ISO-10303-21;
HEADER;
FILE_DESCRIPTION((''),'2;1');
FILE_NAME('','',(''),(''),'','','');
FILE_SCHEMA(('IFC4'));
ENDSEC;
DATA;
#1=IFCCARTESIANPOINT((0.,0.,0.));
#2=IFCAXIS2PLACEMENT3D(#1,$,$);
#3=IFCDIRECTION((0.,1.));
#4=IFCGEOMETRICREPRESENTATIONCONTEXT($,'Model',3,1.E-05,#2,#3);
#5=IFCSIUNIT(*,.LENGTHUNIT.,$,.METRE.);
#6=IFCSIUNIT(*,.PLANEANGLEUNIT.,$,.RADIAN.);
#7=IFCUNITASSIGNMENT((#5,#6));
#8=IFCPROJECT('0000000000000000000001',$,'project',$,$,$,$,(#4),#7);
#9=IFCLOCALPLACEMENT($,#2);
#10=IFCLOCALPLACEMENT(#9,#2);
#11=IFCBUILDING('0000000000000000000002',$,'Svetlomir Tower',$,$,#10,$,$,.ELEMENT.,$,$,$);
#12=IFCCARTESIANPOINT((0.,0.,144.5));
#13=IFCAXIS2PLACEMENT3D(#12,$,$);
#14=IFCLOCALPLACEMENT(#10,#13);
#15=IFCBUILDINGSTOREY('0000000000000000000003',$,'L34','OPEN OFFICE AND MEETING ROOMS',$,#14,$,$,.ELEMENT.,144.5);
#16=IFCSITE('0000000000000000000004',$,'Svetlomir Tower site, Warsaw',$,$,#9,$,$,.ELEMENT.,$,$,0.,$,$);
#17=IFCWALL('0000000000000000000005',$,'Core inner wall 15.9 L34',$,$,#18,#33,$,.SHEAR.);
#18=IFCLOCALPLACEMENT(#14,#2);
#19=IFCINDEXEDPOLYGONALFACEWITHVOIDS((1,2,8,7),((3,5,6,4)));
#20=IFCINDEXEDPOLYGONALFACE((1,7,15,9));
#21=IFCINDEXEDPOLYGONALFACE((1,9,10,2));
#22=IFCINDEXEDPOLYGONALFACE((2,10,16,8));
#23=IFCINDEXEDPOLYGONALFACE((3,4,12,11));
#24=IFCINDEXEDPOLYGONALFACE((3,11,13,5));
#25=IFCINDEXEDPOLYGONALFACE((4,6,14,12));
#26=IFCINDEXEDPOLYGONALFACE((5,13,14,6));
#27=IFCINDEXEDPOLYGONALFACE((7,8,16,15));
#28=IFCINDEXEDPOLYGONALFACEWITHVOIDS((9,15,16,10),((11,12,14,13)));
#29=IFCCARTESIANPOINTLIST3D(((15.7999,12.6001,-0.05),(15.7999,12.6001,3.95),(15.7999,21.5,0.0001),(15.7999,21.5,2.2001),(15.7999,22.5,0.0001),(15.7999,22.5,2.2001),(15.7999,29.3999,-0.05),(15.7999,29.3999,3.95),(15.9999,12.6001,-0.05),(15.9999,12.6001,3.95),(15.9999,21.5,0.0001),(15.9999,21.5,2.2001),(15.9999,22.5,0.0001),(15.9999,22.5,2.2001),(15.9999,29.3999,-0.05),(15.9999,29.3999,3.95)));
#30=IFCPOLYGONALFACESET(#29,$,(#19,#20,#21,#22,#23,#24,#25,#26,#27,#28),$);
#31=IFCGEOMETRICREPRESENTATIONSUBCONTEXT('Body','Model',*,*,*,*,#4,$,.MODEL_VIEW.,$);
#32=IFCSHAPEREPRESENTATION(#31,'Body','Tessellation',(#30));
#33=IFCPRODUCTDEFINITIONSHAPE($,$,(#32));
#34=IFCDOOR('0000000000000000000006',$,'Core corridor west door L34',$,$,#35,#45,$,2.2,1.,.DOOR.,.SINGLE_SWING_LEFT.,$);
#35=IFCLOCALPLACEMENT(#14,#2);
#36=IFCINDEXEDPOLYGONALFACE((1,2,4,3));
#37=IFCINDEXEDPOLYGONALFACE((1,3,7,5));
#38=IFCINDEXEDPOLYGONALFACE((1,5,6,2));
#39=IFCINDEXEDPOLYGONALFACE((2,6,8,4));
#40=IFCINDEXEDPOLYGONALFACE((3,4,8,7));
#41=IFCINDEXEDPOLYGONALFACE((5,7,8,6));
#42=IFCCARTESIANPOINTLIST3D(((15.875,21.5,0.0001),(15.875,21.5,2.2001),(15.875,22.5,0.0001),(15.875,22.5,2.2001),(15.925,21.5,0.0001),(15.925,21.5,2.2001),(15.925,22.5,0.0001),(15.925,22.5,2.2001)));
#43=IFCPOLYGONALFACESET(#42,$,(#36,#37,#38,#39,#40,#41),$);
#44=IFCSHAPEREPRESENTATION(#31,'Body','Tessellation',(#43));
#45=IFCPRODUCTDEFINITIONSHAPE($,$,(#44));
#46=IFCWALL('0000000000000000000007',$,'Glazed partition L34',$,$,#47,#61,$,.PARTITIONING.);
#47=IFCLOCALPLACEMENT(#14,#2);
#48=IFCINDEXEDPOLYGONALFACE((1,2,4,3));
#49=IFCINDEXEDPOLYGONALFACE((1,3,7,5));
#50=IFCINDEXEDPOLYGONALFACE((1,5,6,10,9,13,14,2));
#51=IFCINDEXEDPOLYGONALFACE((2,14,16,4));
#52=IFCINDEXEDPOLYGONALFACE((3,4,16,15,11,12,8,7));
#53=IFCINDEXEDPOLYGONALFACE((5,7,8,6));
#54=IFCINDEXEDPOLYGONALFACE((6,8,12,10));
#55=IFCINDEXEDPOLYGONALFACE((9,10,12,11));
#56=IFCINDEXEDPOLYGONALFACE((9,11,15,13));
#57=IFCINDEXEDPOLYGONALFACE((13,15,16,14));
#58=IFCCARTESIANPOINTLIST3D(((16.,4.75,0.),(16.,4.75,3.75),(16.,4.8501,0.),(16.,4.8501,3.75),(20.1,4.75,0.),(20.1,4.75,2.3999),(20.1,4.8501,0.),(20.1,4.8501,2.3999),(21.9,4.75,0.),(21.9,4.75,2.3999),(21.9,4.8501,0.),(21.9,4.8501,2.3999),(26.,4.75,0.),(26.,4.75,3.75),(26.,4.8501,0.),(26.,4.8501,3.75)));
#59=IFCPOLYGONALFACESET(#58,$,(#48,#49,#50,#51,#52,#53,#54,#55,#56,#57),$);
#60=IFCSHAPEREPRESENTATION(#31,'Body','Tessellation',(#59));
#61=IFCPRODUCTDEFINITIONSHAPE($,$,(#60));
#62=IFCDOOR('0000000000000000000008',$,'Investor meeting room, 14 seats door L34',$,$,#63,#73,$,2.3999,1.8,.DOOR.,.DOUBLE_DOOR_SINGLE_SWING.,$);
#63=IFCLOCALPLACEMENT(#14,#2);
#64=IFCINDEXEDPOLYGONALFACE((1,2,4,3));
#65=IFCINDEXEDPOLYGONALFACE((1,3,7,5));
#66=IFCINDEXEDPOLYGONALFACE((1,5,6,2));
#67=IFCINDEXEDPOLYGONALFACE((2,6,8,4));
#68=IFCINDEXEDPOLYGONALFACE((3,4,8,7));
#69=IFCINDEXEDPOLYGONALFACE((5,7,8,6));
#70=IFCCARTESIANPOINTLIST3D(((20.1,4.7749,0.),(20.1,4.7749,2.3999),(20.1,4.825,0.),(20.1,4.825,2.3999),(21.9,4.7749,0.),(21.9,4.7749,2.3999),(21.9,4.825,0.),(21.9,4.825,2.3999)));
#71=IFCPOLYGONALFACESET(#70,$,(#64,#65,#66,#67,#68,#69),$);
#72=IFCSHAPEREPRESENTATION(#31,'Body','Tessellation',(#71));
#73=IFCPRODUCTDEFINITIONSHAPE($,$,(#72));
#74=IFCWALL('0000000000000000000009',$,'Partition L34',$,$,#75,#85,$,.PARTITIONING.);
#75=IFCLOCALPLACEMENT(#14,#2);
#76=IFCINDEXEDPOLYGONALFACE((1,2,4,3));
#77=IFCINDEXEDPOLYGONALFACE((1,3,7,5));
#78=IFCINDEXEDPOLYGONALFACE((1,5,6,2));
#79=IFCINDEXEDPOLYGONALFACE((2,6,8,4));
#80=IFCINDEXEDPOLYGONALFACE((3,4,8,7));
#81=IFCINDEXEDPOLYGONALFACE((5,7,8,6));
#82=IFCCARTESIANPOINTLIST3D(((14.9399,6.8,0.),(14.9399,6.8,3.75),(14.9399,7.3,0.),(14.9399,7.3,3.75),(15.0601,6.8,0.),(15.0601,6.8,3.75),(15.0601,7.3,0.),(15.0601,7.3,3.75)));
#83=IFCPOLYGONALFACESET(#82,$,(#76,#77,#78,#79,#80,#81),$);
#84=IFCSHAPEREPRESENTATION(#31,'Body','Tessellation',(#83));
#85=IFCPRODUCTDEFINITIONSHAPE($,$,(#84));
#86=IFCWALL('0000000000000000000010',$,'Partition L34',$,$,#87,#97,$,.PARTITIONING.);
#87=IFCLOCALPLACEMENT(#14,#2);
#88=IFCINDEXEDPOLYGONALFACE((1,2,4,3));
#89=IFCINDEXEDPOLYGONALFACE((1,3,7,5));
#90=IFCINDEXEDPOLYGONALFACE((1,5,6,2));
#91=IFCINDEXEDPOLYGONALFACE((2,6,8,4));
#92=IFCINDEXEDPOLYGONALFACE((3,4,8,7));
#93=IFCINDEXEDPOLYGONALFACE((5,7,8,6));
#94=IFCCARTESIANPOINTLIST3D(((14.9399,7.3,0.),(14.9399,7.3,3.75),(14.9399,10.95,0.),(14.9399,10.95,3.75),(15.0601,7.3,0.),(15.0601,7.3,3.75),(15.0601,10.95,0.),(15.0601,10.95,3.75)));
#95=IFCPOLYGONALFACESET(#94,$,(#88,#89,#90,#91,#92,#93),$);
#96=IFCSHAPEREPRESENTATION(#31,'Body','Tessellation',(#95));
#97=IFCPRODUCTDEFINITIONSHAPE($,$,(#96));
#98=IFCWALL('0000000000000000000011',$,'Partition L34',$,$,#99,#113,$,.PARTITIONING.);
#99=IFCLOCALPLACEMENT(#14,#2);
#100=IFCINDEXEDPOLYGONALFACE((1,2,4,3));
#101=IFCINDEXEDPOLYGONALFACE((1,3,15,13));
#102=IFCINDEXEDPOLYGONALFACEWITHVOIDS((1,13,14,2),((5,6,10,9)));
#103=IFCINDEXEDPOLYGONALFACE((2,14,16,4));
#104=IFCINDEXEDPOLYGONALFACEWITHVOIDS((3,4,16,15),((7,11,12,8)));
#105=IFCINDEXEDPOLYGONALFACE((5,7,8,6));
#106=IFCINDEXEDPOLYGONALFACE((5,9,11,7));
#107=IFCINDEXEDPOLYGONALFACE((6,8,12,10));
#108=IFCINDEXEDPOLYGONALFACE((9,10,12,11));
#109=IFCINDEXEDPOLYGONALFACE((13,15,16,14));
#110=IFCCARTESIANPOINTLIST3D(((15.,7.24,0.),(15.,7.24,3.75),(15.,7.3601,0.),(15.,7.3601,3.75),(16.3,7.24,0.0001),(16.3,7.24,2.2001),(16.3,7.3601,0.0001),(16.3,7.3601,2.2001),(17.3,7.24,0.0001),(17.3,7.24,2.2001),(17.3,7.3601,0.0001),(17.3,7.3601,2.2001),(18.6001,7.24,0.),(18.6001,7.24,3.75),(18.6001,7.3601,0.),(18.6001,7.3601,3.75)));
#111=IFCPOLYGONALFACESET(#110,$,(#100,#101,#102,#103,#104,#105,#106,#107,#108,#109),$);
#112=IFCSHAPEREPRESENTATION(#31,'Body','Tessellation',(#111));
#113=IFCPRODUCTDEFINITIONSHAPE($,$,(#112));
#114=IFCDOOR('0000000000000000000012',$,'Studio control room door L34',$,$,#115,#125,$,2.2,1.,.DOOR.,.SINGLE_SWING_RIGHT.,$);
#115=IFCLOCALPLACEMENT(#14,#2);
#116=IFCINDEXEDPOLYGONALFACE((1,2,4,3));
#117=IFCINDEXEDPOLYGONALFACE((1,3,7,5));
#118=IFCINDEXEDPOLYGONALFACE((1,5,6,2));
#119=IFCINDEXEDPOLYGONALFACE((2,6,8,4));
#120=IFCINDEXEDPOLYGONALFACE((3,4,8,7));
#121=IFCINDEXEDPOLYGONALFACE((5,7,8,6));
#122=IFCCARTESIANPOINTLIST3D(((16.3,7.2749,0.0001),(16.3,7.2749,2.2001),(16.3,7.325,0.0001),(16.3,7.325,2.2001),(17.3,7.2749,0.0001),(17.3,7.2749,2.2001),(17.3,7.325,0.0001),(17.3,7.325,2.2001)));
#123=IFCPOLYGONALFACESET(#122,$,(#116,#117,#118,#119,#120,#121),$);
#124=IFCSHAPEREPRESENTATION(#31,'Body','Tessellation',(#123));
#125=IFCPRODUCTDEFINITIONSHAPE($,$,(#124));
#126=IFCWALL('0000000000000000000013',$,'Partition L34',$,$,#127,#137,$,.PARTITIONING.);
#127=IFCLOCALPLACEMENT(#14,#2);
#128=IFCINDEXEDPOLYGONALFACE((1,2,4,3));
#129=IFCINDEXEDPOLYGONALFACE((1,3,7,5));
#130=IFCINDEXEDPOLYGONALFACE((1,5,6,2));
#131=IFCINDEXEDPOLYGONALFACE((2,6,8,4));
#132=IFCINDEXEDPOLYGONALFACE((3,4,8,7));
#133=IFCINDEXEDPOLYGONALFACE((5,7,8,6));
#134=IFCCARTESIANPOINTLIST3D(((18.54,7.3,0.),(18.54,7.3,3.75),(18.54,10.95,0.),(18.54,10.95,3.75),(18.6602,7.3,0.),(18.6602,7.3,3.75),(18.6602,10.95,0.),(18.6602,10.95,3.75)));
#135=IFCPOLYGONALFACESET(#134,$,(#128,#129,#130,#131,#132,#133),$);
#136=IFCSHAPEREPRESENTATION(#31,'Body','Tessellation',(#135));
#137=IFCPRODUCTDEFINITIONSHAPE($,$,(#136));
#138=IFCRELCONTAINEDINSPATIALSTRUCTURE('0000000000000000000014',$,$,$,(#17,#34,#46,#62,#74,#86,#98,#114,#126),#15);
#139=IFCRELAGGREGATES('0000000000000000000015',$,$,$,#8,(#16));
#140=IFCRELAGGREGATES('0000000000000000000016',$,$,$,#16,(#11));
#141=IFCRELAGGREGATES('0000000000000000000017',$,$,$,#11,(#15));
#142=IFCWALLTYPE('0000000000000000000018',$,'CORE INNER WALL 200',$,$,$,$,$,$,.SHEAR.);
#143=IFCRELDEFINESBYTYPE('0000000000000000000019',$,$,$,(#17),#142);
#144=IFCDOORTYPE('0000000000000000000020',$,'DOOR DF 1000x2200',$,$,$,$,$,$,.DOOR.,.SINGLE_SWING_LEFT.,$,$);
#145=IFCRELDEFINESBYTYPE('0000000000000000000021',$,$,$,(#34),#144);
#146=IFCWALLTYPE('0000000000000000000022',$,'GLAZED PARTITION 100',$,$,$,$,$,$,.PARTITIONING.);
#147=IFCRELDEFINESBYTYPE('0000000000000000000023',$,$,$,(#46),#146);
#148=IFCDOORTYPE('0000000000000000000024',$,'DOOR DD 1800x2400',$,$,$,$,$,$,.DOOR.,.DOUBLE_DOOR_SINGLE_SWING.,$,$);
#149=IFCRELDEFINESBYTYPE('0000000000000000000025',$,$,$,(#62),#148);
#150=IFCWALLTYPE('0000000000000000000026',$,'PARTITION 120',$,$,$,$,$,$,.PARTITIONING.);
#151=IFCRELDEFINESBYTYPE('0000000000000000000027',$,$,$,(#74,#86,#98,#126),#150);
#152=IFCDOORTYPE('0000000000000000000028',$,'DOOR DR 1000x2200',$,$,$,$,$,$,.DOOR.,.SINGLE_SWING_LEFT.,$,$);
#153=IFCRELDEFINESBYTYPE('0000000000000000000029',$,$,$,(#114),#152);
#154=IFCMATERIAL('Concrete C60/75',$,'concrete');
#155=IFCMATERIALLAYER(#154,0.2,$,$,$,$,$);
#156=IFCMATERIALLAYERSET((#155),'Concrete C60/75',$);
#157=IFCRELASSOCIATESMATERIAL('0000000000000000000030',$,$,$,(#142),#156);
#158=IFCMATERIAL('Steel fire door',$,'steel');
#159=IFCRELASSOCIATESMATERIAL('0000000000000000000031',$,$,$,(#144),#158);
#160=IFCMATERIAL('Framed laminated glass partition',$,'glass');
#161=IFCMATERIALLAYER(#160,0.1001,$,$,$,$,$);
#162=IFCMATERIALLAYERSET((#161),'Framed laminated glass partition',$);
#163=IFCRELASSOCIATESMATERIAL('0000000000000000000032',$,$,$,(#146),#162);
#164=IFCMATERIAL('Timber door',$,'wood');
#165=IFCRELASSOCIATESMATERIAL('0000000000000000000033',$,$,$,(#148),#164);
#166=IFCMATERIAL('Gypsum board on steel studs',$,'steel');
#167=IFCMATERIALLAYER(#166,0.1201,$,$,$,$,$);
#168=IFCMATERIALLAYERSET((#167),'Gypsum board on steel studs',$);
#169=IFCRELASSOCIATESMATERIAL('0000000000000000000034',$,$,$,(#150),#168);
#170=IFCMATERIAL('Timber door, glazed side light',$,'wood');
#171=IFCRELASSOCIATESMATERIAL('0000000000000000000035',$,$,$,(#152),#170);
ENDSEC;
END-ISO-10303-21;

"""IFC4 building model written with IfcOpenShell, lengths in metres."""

from ifc_helpers import new_model, si_unit, direction, frame, frame_2d, origin, place, context, subcontext, project, spatial, rectangle, extrude, material, layer, layer_set, type_object, element, fill, save


model = new_model("IFC4")

# Units and contexts
model_context = context("Model", 3, precision=1e-05, world=origin(), true_north=direction((0.0, 1.0)))
body_context = subcontext(model_context, "Body", "Model", "MODEL_VIEW")
ifc_project = project(units=[si_unit("LENGTHUNIT", "METRE"), si_unit("PLANEANGLEUNIT", "RADIAN")], contexts=[model_context])

# Site, building, storey
site_placement = place(None, origin())
site = spatial("IfcSite", under=ifc_project, at=site_placement, Name="Svetlomir Tower site, Warsaw", CompositionType="ELEMENT", RefElevation=0.0)
building_placement = place(site_placement, origin())
building = spatial("IfcBuilding", under=site, at=building_placement, Name="Svetlomir Tower", CompositionType="ELEMENT")
storey_placement = place(building_placement, frame((0.0, 0.0, 144.5)))
storey = spatial("IfcBuildingStorey", under=building, at=storey_placement, Name="L34", Description="OPEN OFFICE AND MEETING ROOMS", CompositionType="ELEMENT", Elevation=144.5)

# Walls, openings, doors
ifc_material_1 = material(Name="Concrete C60/75", Category="concrete")
ifc_layer_1 = layer(ifc_material_1, 0.2)
ifc_layer_set_1 = layer_set([ifc_layer_1], Name="Concrete C60/75")
wall_type_1 = type_object("IfcWallType", Name="CORE INNER WALL 200", PredefinedType="SHEAR", material=ifc_layer_set_1)
wall_1_placement = place(storey_placement, frame((15.8999, 12.6001, -0.05), z_axis=(0.0, 0.0, 1.0), x_axis=(0.0, 1.0, 0.0)))
wall_1 = element("IfcWall", 1, at=wall_1_placement, inside=storey, type_object=wall_type_1, Name="Core inner wall 15.9 L34", PredefinedType="SHEAR", context=body_context, shape_type="SweptSolid", body=[
    extrude(rectangle(XDim=16.7998, YDim=0.2, at=frame_2d((8.3999, 0.0))), origin(), (0.0, 0.0, 1.0), 4.0),
])
opening_1_placement = place(wall_1_placement, frame((8.8999, 0.0, 0.05)))
opening_1 = element("IfcOpeningElement", 2, at=opening_1_placement, cuts=wall_1, PredefinedType="OPENING", context=body_context, shape_type="SweptSolid", body=[
    extrude(rectangle(XDim=1.0, YDim=2.2, at=frame_2d((0.5, 1.1001))), frame((0.0, 0.1099, 0.0), z_axis=(0.0, -1.0, 0.0), x_axis=(1.0, 0.0, 0.0)), (0.0, 0.0, 1.0), 0.22),
])
ifc_material_2 = material(Name="Steel fire door", Category="steel")
door_type_1 = type_object("IfcDoorType", Name="DOOR DF 1000x2200", OperationType="SINGLE_SWING_LEFT", PredefinedType="DOOR", material=ifc_material_2)
door_1_placement = place(opening_1_placement, origin())
door_1 = element("IfcDoor", 3, at=door_1_placement, inside=storey, type_object=door_type_1, Name="Core corridor west door L34", OperationType="SINGLE_SWING_LEFT", OverallHeight=2.2, OverallWidth=1.0, PredefinedType="DOOR", context=body_context, shape_type="SweptSolid", body=[
    extrude(rectangle(XDim=1.0, YDim=2.2, at=frame_2d((0.5, 1.1001))), frame((0.0, 0.0249, 0.0), z_axis=(0.0, -1.0, 0.0), x_axis=(1.0, 0.0, 0.0)), (0.0, 0.0, 1.0), 0.05),
])
fill(opening_1, door_1)
ifc_material_3 = material(Name="Framed laminated glass partition", Category="glass")
ifc_layer_2 = layer(ifc_material_3, 0.1001)
ifc_layer_set_2 = layer_set([ifc_layer_2], Name="Framed laminated glass partition")
wall_type_2 = type_object("IfcWallType", Name="GLAZED PARTITION 100", PredefinedType="PARTITIONING", material=ifc_layer_set_2)
wall_2_placement = place(storey_placement, frame((16.0, 4.8, 0.0), z_axis=(0.0, 0.0, 1.0), x_axis=(1.0, 0.0, 0.0)))
wall_2 = element("IfcWall", 4, at=wall_2_placement, inside=storey, type_object=wall_type_2, Name="Glazed partition L34", PredefinedType="PARTITIONING", context=body_context, shape_type="SweptSolid", body=[
    extrude(rectangle(XDim=10.0, YDim=0.1001, at=frame_2d((5.0, 0.0))), origin(), (0.0, 0.0, 1.0), 3.75),
])
opening_2_placement = place(wall_2_placement, frame((4.1001, 0.0, 0.0)))
opening_2 = element("IfcOpeningElement", 5, at=opening_2_placement, cuts=wall_2, PredefinedType="OPENING", context=body_context, shape_type="SweptSolid", body=[
    extrude(rectangle(XDim=1.8, YDim=2.3999, at=frame_2d((0.8999, 1.2))), frame((0.0, 0.0601, 0.0), z_axis=(0.0, -1.0, 0.0), x_axis=(1.0, 0.0, 0.0)), (0.0, 0.0, 1.0), 0.1201),
])
ifc_material_4 = material(Name="Timber door", Category="wood")
door_type_2 = type_object("IfcDoorType", Name="DOOR DD 1800x2400", OperationType="DOUBLE_DOOR_SINGLE_SWING", PredefinedType="DOOR", material=ifc_material_4)
door_2_placement = place(opening_2_placement, origin())
door_2 = element("IfcDoor", 6, at=door_2_placement, inside=storey, type_object=door_type_2, Name="Investor meeting room, 14 seats door L34", OperationType="DOUBLE_DOOR_SINGLE_SWING", OverallHeight=2.3999, OverallWidth=1.8, PredefinedType="DOOR", context=body_context, shape_type="SweptSolid", body=[
    extrude(rectangle(XDim=1.8, YDim=2.3999, at=frame_2d((0.8999, 1.2))), frame((0.0, 0.0249, 0.0), z_axis=(0.0, -1.0, 0.0), x_axis=(1.0, 0.0, 0.0)), (0.0, 0.0, 1.0), 0.05),
])
fill(opening_2, door_2)

# Walls
ifc_material_5 = material(Name="Gypsum board on steel studs", Category="steel")
ifc_layer_3 = layer(ifc_material_5, 0.1201)
ifc_layer_set_3 = layer_set([ifc_layer_3], Name="Gypsum board on steel studs")
wall_type_3 = type_object("IfcWallType", Name="PARTITION 120", PredefinedType="PARTITIONING", material=ifc_layer_set_3)
wall_3_placement = place(storey_placement, frame((15.0, 6.8, 0.0), z_axis=(0.0, 0.0, 1.0), x_axis=(0.0, 1.0, 0.0)))
element("IfcWall", 7, at=wall_3_placement, inside=storey, type_object=wall_type_3, Name="Partition L34", PredefinedType="PARTITIONING", context=body_context, shape_type="SweptSolid", body=[
    extrude(rectangle(XDim=0.5, YDim=0.1201, at=frame_2d((0.25, 0.0))), origin(), (0.0, 0.0, 1.0), 3.75),
])
wall_4_placement = place(storey_placement, frame((15.0, 7.3, 0.0), z_axis=(0.0, 0.0, 1.0), x_axis=(0.0, 1.0, 0.0)))
element("IfcWall", 8, at=wall_4_placement, inside=storey, type_object=wall_type_3, Name="Partition L34", PredefinedType="PARTITIONING", context=body_context, shape_type="SweptSolid", body=[
    extrude(rectangle(XDim=3.6499, YDim=0.1201, at=frame_2d((1.825, 0.0))), origin(), (0.0, 0.0, 1.0), 3.75),
])

# Wall, opening, door
wall_5_placement = place(storey_placement, frame((15.0, 7.3, 0.0), z_axis=(0.0, 0.0, 1.0), x_axis=(1.0, 0.0, 0.0)))
wall_5 = element("IfcWall", 9, at=wall_5_placement, inside=storey, type_object=wall_type_3, Name="Partition L34", PredefinedType="PARTITIONING", context=body_context, shape_type="SweptSolid", body=[
    extrude(rectangle(XDim=3.6001, YDim=0.1201, at=frame_2d((1.8, 0.0))), origin(), (0.0, 0.0, 1.0), 3.75),
])
opening_3_placement = place(wall_5_placement, frame((1.3, 0.0, 0.0)))
opening_3 = element("IfcOpeningElement", 10, at=opening_3_placement, cuts=wall_5, PredefinedType="OPENING", context=body_context, shape_type="SweptSolid", body=[
    extrude(rectangle(XDim=1.0, YDim=2.2, at=frame_2d((0.5, 1.1001))), frame((0.0, 0.0701, 0.0), z_axis=(0.0, -1.0, 0.0), x_axis=(1.0, 0.0, 0.0)), (0.0, 0.0, 1.0), 0.1401),
])
ifc_material_6 = material(Name="Timber door, glazed side light", Category="wood")
door_type_3 = type_object("IfcDoorType", Name="DOOR DR 1000x2200", OperationType="SINGLE_SWING_LEFT", PredefinedType="DOOR", material=ifc_material_6)
door_3_placement = place(opening_3_placement, origin())
door_3 = element("IfcDoor", 11, at=door_3_placement, inside=storey, type_object=door_type_3, Name="Studio control room door L34", OperationType="SINGLE_SWING_RIGHT", OverallHeight=2.2, OverallWidth=1.0, PredefinedType="DOOR", context=body_context, shape_type="SweptSolid", body=[
    extrude(rectangle(XDim=1.0, YDim=2.2, at=frame_2d((0.5, 1.1001))), frame((0.0, 0.0249, 0.0), z_axis=(0.0, -1.0, 0.0), x_axis=(1.0, 0.0, 0.0)), (0.0, 0.0, 1.0), 0.05),
])
fill(opening_3, door_3)

# Wall
wall_6_placement = place(storey_placement, frame((18.6001, 7.3, 0.0), z_axis=(0.0, 0.0, 1.0), x_axis=(0.0, 1.0, 0.0)))
element("IfcWall", 12, at=wall_6_placement, inside=storey, type_object=wall_type_3, Name="Partition L34", PredefinedType="PARTITIONING", context=body_context, shape_type="SweptSolid", body=[
    extrude(rectangle(XDim=3.6499, YDim=0.1201, at=frame_2d((1.825, 0.0))), origin(), (0.0, 0.0, 1.0), 3.75),
])

save(model, "model.ifc")
